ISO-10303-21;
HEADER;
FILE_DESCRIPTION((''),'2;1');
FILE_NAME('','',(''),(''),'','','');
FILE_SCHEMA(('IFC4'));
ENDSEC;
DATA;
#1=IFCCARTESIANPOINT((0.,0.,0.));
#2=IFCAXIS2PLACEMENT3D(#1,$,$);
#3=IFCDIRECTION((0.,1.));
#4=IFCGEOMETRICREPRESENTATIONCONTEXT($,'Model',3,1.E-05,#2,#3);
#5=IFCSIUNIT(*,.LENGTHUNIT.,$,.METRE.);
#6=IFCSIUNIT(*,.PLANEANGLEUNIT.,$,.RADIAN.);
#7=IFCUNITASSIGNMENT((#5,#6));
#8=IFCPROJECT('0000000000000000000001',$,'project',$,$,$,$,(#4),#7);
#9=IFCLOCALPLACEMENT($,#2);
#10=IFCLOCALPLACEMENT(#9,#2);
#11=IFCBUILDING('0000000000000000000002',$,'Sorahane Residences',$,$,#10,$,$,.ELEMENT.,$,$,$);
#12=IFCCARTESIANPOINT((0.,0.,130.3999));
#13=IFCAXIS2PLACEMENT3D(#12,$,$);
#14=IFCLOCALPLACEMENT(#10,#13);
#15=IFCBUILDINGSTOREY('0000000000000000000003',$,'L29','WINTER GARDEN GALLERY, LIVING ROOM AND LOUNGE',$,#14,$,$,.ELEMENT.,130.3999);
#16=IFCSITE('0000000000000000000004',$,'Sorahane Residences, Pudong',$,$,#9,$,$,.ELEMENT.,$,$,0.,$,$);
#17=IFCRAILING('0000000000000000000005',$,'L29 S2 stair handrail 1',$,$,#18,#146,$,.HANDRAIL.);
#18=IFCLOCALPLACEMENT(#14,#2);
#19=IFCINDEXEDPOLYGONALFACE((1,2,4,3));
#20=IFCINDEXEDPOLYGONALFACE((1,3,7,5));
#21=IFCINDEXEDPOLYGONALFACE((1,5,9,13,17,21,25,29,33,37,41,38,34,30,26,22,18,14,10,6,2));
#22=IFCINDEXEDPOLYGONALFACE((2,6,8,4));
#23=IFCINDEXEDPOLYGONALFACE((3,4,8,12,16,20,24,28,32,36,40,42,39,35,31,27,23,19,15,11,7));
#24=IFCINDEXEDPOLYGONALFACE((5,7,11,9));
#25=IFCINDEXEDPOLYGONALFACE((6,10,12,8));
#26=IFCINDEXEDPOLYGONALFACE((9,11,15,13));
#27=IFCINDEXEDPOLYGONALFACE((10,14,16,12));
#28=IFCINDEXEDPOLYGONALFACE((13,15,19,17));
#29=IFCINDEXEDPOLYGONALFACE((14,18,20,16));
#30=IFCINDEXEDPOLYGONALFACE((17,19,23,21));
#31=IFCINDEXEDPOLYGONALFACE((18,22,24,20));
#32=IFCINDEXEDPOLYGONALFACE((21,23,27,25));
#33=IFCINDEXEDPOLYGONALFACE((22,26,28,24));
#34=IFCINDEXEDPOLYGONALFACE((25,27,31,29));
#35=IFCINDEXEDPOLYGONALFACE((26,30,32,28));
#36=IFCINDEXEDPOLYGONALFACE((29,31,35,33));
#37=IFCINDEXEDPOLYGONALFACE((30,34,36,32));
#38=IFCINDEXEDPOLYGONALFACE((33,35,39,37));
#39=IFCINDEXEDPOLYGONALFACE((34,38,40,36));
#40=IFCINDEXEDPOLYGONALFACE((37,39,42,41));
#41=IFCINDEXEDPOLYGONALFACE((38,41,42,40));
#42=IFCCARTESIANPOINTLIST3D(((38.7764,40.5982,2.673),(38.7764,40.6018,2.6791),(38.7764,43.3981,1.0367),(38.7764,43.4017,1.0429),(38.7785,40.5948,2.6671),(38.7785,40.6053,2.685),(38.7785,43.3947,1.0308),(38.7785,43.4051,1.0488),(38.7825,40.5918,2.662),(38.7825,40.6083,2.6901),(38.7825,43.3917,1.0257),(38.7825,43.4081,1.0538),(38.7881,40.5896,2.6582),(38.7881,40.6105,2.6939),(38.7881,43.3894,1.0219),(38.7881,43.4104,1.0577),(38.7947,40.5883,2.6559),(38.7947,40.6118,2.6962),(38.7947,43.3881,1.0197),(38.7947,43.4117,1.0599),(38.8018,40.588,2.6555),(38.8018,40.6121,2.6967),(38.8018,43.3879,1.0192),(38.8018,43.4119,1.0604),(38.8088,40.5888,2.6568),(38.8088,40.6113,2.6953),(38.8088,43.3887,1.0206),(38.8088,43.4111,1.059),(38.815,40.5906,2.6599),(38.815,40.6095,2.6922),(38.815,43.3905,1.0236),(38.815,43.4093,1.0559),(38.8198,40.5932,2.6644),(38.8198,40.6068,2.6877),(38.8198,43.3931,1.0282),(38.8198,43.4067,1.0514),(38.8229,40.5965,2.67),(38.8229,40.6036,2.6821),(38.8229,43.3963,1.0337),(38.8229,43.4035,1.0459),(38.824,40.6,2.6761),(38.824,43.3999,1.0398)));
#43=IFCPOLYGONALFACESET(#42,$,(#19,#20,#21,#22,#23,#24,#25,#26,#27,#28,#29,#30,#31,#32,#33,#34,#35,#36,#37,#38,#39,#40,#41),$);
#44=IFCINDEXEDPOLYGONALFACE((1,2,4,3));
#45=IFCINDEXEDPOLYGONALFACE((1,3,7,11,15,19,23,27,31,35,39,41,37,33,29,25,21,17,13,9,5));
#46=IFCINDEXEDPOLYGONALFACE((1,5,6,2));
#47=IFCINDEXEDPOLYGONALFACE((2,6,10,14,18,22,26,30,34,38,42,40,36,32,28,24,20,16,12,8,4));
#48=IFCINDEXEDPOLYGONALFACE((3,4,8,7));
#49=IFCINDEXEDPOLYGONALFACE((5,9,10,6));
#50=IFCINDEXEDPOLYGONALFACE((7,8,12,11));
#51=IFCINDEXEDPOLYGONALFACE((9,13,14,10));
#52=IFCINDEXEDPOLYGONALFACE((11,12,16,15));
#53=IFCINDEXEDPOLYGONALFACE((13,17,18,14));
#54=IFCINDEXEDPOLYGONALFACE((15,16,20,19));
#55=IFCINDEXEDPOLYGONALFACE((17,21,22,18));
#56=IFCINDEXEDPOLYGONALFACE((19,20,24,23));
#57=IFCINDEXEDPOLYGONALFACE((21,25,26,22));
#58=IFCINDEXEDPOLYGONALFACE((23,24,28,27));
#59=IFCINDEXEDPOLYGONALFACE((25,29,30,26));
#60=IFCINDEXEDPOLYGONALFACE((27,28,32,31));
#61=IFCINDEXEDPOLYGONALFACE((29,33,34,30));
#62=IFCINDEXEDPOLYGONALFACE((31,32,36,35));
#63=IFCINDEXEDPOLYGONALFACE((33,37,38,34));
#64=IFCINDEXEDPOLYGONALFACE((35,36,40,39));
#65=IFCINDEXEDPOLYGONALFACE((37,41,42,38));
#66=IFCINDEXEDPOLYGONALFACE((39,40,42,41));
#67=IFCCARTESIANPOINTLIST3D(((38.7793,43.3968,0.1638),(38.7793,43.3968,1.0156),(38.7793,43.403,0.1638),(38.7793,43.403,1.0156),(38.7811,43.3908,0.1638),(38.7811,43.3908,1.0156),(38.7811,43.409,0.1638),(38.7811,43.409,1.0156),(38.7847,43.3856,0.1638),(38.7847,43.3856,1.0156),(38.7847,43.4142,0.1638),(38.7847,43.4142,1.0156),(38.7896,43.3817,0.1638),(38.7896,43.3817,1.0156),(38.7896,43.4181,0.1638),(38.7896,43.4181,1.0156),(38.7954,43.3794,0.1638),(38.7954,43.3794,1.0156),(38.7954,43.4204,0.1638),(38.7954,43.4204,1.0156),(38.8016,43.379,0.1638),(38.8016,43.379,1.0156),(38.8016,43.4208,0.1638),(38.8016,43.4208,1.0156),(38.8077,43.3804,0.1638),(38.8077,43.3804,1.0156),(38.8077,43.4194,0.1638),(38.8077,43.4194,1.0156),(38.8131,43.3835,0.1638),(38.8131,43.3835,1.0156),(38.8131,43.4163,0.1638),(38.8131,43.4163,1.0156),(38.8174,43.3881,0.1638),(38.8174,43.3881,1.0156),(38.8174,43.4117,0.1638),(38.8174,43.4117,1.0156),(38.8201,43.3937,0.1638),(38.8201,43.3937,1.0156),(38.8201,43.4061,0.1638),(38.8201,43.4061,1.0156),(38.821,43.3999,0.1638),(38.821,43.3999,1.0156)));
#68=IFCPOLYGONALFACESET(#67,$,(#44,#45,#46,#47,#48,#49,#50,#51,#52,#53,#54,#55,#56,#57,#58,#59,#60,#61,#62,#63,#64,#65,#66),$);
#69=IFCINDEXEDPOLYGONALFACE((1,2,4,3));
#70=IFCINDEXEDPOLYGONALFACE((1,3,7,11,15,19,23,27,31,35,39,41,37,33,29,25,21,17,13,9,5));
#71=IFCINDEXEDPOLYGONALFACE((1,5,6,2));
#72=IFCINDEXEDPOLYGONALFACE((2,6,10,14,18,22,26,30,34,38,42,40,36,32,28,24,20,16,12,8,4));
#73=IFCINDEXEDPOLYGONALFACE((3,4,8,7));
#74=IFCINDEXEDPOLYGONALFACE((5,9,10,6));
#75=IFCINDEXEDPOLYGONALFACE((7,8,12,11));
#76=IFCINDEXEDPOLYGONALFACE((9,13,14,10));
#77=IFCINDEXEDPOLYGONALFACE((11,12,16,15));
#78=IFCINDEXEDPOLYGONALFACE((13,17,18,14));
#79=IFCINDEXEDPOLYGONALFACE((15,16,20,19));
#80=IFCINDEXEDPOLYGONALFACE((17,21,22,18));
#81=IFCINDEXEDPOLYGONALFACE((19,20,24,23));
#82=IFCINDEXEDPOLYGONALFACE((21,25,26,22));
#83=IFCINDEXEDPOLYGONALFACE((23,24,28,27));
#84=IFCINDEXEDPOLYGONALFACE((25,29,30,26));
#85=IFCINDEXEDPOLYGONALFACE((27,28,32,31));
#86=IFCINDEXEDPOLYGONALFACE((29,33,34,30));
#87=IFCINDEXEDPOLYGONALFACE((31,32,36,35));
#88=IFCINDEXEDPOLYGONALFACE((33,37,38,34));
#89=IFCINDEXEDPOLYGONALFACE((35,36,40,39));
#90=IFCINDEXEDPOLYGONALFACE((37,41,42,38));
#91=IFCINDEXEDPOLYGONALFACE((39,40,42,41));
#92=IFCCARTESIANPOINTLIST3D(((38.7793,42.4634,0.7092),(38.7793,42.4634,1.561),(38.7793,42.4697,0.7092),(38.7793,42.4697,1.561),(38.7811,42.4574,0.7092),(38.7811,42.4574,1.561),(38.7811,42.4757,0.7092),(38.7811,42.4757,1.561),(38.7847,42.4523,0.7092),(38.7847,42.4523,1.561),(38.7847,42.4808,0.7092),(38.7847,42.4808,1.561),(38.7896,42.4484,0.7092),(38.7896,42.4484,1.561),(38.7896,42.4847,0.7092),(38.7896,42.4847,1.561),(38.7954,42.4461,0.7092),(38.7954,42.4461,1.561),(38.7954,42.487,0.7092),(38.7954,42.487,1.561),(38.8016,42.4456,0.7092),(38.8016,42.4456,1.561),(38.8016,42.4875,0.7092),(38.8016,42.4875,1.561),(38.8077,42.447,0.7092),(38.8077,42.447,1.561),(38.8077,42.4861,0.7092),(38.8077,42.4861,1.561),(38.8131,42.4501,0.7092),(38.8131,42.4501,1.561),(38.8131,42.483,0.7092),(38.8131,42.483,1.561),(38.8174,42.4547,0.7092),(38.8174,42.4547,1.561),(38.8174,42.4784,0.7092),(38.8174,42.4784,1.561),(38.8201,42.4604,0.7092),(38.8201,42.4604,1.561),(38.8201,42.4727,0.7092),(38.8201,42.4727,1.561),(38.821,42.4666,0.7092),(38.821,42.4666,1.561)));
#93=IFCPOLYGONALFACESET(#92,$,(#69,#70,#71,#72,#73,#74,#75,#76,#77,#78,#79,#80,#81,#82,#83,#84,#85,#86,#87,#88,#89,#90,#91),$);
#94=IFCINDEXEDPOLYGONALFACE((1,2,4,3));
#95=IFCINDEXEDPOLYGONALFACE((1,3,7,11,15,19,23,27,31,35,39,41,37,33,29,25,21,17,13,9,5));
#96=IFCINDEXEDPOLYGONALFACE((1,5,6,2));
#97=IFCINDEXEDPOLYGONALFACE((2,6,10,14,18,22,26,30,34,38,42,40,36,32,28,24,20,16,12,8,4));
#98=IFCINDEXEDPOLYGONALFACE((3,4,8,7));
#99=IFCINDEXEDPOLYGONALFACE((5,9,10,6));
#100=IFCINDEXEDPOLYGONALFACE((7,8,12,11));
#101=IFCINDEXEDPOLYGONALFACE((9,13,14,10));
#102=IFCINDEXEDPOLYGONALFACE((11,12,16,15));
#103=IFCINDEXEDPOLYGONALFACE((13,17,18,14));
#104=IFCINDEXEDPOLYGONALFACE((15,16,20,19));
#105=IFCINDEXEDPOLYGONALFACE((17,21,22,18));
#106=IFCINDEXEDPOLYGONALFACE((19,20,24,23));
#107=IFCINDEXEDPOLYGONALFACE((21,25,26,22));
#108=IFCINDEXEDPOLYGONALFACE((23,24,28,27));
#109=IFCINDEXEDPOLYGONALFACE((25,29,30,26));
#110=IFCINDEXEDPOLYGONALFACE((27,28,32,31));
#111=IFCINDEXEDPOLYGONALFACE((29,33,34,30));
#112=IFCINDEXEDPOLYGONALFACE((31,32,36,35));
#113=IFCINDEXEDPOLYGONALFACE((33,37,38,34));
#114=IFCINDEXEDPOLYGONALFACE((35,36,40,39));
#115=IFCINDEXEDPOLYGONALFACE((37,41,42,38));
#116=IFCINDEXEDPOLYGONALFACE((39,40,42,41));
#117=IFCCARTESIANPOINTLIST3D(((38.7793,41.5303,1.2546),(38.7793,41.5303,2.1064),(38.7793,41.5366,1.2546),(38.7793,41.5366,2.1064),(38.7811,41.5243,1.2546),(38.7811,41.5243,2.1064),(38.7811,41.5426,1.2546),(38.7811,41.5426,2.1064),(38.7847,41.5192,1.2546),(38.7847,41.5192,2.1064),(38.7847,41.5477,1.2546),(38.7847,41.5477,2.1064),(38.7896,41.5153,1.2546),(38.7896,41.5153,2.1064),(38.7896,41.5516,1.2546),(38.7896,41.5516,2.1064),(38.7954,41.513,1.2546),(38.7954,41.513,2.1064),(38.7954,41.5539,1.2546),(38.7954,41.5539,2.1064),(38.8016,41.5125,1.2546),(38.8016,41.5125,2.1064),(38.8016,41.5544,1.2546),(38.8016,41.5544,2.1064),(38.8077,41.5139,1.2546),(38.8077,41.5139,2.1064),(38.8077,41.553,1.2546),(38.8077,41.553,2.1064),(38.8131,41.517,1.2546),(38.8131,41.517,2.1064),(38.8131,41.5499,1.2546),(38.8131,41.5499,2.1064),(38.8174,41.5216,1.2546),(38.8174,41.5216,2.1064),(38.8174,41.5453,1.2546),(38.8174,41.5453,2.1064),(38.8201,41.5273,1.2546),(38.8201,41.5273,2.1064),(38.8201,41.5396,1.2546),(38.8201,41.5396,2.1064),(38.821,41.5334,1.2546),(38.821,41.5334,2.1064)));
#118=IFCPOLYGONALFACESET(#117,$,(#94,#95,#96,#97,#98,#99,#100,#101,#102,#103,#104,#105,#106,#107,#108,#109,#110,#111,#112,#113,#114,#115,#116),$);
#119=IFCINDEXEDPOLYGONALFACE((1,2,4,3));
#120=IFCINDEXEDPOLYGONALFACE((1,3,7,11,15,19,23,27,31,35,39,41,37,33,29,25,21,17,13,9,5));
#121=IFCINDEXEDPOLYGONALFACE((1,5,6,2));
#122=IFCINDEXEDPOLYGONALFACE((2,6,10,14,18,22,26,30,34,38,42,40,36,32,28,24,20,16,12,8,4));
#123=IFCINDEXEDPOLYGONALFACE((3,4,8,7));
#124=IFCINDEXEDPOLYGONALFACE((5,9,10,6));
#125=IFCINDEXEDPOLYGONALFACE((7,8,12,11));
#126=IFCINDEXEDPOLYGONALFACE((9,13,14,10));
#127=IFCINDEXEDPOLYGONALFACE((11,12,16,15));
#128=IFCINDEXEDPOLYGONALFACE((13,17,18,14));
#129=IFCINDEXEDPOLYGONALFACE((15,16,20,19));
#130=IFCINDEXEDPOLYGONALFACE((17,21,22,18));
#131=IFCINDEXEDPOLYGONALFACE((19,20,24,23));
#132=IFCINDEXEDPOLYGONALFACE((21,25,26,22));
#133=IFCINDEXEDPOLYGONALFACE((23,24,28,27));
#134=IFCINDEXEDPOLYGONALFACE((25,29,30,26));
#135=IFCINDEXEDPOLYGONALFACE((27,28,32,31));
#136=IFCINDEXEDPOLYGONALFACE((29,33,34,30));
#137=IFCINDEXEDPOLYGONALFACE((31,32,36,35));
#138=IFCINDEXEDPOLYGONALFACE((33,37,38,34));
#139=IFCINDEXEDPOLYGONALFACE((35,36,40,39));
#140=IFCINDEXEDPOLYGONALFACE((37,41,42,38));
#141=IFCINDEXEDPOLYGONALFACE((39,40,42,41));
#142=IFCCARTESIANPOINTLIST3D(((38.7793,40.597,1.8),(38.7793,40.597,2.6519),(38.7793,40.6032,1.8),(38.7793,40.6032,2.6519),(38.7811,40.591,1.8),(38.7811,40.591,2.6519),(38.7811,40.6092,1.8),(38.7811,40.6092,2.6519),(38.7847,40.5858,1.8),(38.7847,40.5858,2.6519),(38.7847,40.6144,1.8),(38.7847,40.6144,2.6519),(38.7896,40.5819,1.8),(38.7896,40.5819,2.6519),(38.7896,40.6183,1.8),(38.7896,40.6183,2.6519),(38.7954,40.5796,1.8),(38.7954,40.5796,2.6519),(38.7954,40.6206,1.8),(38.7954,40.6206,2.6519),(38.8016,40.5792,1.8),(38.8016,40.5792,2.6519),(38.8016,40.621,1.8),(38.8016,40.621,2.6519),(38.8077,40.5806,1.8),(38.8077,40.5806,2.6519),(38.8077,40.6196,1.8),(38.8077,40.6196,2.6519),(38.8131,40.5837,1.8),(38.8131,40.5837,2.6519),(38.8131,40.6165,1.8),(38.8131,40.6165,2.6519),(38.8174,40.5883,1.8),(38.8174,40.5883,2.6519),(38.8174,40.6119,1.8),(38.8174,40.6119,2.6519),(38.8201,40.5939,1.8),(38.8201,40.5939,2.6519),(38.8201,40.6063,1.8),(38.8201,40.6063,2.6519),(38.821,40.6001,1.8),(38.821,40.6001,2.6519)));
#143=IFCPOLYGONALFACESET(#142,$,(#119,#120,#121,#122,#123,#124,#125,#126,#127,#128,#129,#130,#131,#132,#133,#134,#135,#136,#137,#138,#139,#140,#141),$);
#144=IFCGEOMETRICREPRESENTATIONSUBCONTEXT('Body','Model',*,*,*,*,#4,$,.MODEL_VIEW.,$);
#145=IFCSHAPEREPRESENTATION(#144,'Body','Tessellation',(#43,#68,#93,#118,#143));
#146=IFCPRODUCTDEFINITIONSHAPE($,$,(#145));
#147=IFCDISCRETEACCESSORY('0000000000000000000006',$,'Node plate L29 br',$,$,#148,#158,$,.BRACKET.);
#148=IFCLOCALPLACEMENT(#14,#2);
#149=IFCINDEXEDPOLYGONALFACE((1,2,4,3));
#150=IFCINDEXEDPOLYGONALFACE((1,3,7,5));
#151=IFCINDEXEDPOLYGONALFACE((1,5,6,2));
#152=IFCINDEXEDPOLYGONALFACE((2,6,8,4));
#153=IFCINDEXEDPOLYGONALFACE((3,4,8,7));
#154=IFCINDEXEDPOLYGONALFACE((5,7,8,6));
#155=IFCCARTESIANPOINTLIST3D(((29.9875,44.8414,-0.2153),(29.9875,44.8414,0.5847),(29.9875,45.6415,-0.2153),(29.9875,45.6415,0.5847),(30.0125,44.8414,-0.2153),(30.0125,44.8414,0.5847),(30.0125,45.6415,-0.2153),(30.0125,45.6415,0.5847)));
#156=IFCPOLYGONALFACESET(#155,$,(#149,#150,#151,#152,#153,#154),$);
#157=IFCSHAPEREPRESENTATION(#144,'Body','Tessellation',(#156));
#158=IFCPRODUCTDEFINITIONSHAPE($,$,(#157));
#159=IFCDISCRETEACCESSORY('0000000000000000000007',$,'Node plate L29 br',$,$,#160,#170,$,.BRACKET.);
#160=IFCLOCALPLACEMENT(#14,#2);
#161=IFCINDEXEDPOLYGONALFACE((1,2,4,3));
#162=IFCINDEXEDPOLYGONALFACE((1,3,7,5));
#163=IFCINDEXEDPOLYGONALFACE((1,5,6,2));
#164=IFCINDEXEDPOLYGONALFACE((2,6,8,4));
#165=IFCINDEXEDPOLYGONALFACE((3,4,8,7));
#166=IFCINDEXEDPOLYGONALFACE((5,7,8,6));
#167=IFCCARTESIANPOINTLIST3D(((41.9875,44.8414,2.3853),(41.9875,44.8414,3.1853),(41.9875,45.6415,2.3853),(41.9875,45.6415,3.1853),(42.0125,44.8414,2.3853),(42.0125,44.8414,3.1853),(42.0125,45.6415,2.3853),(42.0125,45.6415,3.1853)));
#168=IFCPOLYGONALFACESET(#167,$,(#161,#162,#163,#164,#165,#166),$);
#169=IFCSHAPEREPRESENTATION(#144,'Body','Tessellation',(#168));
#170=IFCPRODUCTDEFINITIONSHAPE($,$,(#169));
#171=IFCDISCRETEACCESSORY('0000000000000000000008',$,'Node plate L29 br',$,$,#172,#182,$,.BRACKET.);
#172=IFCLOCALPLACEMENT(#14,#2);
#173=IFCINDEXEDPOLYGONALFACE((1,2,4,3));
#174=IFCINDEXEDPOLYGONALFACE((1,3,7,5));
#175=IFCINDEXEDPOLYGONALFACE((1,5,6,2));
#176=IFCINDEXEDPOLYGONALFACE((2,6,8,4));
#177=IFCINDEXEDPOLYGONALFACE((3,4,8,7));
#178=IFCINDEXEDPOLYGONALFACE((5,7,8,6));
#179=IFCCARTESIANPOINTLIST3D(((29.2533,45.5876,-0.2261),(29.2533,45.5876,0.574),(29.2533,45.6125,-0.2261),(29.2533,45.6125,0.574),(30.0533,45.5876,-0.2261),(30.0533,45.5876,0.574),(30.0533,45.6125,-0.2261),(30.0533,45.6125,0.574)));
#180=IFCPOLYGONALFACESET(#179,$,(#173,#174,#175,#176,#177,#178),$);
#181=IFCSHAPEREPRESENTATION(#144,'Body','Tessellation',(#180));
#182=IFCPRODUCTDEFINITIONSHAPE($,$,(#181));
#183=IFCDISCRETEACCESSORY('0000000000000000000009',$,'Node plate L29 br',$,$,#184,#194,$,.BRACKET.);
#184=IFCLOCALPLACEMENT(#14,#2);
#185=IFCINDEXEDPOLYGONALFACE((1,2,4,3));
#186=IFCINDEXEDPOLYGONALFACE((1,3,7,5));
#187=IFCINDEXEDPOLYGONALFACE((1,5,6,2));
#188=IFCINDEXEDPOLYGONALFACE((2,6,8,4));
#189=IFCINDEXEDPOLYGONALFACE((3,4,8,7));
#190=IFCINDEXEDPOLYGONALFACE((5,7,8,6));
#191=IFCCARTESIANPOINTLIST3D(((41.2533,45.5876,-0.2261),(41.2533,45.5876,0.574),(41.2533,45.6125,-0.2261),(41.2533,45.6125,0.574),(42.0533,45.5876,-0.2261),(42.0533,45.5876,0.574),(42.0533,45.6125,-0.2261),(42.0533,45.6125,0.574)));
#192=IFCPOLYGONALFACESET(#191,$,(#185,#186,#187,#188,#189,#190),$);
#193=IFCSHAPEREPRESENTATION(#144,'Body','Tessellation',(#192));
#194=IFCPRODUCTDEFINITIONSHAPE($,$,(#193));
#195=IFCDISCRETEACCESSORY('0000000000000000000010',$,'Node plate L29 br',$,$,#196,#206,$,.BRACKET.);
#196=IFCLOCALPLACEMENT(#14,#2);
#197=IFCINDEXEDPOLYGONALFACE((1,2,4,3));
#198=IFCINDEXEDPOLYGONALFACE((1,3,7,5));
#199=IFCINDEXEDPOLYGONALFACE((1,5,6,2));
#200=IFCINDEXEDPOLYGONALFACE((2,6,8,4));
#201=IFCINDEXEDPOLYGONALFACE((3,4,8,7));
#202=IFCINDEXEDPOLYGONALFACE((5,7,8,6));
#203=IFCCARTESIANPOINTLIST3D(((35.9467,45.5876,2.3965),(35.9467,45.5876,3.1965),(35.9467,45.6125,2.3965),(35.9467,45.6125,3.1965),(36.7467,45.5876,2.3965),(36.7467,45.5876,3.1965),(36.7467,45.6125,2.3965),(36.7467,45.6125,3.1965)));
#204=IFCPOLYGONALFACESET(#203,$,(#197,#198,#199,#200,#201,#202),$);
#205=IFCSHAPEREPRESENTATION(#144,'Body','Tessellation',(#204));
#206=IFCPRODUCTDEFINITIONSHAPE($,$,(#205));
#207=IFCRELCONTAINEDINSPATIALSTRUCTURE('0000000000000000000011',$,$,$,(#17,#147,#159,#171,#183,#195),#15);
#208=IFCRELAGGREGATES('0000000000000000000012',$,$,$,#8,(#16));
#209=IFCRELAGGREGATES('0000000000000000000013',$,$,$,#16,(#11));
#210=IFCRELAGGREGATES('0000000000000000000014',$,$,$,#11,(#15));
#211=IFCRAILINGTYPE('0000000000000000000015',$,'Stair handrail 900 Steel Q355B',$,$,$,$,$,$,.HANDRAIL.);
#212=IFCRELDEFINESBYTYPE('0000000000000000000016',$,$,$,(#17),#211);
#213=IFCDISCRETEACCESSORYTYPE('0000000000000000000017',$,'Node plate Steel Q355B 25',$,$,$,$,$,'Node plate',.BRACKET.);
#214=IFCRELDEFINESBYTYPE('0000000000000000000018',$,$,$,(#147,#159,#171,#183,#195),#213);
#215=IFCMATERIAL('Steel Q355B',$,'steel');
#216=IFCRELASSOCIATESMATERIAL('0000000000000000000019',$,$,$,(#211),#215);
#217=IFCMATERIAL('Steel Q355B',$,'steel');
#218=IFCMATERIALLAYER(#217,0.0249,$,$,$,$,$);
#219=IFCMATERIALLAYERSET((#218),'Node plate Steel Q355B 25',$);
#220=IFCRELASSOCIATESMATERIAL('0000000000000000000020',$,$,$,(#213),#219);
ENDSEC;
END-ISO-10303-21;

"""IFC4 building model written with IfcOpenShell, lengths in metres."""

from ifc_helpers import new_model, si_unit, direction, frame, origin, origin_2d, place, context, subcontext, project, spatial, rectangle, circle, extrude, material, layer, layer_set, type_object, element, save


model = new_model("IFC4")

# Units and contexts
model_context = context("Model", 3, precision=1e-05, world=origin(), true_north=direction((0.0, 1.0)))
body_context = subcontext(model_context, "Body", "Model", "MODEL_VIEW")
ifc_project = project(units=[si_unit("LENGTHUNIT", "METRE"), si_unit("PLANEANGLEUNIT", "RADIAN")], contexts=[model_context])

# Site, building, storey
site_placement = place(None, origin())
site = spatial("IfcSite", under=ifc_project, at=site_placement, Name="Sorahane Residences, Pudong", CompositionType="ELEMENT", RefElevation=0.0)
building_placement = place(site_placement, origin())
building = spatial("IfcBuilding", under=site, at=building_placement, Name="Sorahane Residences", CompositionType="ELEMENT")
storey_placement = place(building_placement, frame((0.0, 0.0, 130.3999)))
storey = spatial("IfcBuildingStorey", under=building, at=storey_placement, Name="L29", Description="WINTER GARDEN GALLERY, LIVING ROOM AND LOUNGE", CompositionType="ELEMENT", Elevation=130.3999)

# Railing
ifc_material_1 = material(Name="Steel Q355B", Category="steel")
railing_type_1 = type_object("IfcRailingType", Name="Stair handrail 900 Steel Q355B", PredefinedType="HANDRAIL", material=ifc_material_1)
railing_1_placement = place(storey_placement, frame((38.8, 43.3999, 0.1638)))
element("IfcRailing", 1, at=railing_1_placement, inside=storey, type_object=railing_type_1, Name="L29 S2 stair handrail 1", PredefinedType="HANDRAIL", context=body_context, shape_type="SweptSolid", body=[
    extrude(circle(Radius=0.0239, at=origin_2d()), frame((0.0, 0.0, 0.876), z_axis=(0.0, -0.863374, 0.504564), x_axis=(1.0, 0.0, 0.0)), (0.0, 0.0, 1.0), 3.2429),
    extrude(circle(Radius=0.021, at=origin_2d()), origin(), (0.0, 0.0, 1.0), 0.8518),
    extrude(circle(Radius=0.021, at=origin_2d()), frame((0.0, -0.9333, 0.5454)), (0.0, 0.0, 1.0), 0.8518),
    extrude(circle(Radius=0.021, at=origin_2d()), frame((0.0, -1.8665, 1.0908)), (0.0, 0.0, 1.0), 0.8518),
    extrude(circle(Radius=0.021, at=origin_2d()), frame((0.0, -2.7998, 1.6362)), (0.0, 0.0, 1.0), 0.8518),
])

# Discrete accessories
ifc_material_2 = material(Name="Steel Q355B", Category="steel")
ifc_layer_1 = layer(ifc_material_2, 0.0249)
ifc_layer_set_1 = layer_set([ifc_layer_1], Name="Node plate Steel Q355B 25")
discrete_accessory_type = type_object("IfcDiscreteAccessoryType", Name="Node plate Steel Q355B 25", ElementType="Node plate", PredefinedType="BRACKET", material=ifc_layer_set_1)
for number, where, z_axis, x_axis, name in (
    (2, (30.0, 45.2415, -0.2153), (0.0, 0.0, 1.0), (0.0, 1.0, 0.0), "Node plate L29 br"),
    (3, (42.0, 45.2415, 2.3853), (0.0, 0.0, 1.0), (0.0, 1.0, 0.0), "Node plate L29 br"),
    (4, (29.6533, 45.6001, -0.2261), (0.0, 0.0, 1.0), (1.0, 0.0, 0.0), "Node plate L29 br"),
    (5, (41.6533, 45.6001, -0.2261), (0.0, 0.0, 1.0), (1.0, 0.0, 0.0), "Node plate L29 br"),
    (6, (36.3467, 45.6001, 2.3965), (0.0, 0.0, 1.0), (1.0, 0.0, 0.0), "Node plate L29 br"),
):
    element("IfcDiscreteAccessory", number, at=place(storey_placement, frame(where, z_axis=z_axis, x_axis=x_axis)), inside=storey, type_object=discrete_accessory_type, Name=name, PredefinedType="BRACKET", context=body_context, shape_type="SweptSolid", body=[
        extrude(rectangle(XDim=0.8, YDim=0.0249, at=origin_2d()), origin(), (0.0, 0.0, 1.0), 0.8),
    ])

save(model, "model.ifc")
